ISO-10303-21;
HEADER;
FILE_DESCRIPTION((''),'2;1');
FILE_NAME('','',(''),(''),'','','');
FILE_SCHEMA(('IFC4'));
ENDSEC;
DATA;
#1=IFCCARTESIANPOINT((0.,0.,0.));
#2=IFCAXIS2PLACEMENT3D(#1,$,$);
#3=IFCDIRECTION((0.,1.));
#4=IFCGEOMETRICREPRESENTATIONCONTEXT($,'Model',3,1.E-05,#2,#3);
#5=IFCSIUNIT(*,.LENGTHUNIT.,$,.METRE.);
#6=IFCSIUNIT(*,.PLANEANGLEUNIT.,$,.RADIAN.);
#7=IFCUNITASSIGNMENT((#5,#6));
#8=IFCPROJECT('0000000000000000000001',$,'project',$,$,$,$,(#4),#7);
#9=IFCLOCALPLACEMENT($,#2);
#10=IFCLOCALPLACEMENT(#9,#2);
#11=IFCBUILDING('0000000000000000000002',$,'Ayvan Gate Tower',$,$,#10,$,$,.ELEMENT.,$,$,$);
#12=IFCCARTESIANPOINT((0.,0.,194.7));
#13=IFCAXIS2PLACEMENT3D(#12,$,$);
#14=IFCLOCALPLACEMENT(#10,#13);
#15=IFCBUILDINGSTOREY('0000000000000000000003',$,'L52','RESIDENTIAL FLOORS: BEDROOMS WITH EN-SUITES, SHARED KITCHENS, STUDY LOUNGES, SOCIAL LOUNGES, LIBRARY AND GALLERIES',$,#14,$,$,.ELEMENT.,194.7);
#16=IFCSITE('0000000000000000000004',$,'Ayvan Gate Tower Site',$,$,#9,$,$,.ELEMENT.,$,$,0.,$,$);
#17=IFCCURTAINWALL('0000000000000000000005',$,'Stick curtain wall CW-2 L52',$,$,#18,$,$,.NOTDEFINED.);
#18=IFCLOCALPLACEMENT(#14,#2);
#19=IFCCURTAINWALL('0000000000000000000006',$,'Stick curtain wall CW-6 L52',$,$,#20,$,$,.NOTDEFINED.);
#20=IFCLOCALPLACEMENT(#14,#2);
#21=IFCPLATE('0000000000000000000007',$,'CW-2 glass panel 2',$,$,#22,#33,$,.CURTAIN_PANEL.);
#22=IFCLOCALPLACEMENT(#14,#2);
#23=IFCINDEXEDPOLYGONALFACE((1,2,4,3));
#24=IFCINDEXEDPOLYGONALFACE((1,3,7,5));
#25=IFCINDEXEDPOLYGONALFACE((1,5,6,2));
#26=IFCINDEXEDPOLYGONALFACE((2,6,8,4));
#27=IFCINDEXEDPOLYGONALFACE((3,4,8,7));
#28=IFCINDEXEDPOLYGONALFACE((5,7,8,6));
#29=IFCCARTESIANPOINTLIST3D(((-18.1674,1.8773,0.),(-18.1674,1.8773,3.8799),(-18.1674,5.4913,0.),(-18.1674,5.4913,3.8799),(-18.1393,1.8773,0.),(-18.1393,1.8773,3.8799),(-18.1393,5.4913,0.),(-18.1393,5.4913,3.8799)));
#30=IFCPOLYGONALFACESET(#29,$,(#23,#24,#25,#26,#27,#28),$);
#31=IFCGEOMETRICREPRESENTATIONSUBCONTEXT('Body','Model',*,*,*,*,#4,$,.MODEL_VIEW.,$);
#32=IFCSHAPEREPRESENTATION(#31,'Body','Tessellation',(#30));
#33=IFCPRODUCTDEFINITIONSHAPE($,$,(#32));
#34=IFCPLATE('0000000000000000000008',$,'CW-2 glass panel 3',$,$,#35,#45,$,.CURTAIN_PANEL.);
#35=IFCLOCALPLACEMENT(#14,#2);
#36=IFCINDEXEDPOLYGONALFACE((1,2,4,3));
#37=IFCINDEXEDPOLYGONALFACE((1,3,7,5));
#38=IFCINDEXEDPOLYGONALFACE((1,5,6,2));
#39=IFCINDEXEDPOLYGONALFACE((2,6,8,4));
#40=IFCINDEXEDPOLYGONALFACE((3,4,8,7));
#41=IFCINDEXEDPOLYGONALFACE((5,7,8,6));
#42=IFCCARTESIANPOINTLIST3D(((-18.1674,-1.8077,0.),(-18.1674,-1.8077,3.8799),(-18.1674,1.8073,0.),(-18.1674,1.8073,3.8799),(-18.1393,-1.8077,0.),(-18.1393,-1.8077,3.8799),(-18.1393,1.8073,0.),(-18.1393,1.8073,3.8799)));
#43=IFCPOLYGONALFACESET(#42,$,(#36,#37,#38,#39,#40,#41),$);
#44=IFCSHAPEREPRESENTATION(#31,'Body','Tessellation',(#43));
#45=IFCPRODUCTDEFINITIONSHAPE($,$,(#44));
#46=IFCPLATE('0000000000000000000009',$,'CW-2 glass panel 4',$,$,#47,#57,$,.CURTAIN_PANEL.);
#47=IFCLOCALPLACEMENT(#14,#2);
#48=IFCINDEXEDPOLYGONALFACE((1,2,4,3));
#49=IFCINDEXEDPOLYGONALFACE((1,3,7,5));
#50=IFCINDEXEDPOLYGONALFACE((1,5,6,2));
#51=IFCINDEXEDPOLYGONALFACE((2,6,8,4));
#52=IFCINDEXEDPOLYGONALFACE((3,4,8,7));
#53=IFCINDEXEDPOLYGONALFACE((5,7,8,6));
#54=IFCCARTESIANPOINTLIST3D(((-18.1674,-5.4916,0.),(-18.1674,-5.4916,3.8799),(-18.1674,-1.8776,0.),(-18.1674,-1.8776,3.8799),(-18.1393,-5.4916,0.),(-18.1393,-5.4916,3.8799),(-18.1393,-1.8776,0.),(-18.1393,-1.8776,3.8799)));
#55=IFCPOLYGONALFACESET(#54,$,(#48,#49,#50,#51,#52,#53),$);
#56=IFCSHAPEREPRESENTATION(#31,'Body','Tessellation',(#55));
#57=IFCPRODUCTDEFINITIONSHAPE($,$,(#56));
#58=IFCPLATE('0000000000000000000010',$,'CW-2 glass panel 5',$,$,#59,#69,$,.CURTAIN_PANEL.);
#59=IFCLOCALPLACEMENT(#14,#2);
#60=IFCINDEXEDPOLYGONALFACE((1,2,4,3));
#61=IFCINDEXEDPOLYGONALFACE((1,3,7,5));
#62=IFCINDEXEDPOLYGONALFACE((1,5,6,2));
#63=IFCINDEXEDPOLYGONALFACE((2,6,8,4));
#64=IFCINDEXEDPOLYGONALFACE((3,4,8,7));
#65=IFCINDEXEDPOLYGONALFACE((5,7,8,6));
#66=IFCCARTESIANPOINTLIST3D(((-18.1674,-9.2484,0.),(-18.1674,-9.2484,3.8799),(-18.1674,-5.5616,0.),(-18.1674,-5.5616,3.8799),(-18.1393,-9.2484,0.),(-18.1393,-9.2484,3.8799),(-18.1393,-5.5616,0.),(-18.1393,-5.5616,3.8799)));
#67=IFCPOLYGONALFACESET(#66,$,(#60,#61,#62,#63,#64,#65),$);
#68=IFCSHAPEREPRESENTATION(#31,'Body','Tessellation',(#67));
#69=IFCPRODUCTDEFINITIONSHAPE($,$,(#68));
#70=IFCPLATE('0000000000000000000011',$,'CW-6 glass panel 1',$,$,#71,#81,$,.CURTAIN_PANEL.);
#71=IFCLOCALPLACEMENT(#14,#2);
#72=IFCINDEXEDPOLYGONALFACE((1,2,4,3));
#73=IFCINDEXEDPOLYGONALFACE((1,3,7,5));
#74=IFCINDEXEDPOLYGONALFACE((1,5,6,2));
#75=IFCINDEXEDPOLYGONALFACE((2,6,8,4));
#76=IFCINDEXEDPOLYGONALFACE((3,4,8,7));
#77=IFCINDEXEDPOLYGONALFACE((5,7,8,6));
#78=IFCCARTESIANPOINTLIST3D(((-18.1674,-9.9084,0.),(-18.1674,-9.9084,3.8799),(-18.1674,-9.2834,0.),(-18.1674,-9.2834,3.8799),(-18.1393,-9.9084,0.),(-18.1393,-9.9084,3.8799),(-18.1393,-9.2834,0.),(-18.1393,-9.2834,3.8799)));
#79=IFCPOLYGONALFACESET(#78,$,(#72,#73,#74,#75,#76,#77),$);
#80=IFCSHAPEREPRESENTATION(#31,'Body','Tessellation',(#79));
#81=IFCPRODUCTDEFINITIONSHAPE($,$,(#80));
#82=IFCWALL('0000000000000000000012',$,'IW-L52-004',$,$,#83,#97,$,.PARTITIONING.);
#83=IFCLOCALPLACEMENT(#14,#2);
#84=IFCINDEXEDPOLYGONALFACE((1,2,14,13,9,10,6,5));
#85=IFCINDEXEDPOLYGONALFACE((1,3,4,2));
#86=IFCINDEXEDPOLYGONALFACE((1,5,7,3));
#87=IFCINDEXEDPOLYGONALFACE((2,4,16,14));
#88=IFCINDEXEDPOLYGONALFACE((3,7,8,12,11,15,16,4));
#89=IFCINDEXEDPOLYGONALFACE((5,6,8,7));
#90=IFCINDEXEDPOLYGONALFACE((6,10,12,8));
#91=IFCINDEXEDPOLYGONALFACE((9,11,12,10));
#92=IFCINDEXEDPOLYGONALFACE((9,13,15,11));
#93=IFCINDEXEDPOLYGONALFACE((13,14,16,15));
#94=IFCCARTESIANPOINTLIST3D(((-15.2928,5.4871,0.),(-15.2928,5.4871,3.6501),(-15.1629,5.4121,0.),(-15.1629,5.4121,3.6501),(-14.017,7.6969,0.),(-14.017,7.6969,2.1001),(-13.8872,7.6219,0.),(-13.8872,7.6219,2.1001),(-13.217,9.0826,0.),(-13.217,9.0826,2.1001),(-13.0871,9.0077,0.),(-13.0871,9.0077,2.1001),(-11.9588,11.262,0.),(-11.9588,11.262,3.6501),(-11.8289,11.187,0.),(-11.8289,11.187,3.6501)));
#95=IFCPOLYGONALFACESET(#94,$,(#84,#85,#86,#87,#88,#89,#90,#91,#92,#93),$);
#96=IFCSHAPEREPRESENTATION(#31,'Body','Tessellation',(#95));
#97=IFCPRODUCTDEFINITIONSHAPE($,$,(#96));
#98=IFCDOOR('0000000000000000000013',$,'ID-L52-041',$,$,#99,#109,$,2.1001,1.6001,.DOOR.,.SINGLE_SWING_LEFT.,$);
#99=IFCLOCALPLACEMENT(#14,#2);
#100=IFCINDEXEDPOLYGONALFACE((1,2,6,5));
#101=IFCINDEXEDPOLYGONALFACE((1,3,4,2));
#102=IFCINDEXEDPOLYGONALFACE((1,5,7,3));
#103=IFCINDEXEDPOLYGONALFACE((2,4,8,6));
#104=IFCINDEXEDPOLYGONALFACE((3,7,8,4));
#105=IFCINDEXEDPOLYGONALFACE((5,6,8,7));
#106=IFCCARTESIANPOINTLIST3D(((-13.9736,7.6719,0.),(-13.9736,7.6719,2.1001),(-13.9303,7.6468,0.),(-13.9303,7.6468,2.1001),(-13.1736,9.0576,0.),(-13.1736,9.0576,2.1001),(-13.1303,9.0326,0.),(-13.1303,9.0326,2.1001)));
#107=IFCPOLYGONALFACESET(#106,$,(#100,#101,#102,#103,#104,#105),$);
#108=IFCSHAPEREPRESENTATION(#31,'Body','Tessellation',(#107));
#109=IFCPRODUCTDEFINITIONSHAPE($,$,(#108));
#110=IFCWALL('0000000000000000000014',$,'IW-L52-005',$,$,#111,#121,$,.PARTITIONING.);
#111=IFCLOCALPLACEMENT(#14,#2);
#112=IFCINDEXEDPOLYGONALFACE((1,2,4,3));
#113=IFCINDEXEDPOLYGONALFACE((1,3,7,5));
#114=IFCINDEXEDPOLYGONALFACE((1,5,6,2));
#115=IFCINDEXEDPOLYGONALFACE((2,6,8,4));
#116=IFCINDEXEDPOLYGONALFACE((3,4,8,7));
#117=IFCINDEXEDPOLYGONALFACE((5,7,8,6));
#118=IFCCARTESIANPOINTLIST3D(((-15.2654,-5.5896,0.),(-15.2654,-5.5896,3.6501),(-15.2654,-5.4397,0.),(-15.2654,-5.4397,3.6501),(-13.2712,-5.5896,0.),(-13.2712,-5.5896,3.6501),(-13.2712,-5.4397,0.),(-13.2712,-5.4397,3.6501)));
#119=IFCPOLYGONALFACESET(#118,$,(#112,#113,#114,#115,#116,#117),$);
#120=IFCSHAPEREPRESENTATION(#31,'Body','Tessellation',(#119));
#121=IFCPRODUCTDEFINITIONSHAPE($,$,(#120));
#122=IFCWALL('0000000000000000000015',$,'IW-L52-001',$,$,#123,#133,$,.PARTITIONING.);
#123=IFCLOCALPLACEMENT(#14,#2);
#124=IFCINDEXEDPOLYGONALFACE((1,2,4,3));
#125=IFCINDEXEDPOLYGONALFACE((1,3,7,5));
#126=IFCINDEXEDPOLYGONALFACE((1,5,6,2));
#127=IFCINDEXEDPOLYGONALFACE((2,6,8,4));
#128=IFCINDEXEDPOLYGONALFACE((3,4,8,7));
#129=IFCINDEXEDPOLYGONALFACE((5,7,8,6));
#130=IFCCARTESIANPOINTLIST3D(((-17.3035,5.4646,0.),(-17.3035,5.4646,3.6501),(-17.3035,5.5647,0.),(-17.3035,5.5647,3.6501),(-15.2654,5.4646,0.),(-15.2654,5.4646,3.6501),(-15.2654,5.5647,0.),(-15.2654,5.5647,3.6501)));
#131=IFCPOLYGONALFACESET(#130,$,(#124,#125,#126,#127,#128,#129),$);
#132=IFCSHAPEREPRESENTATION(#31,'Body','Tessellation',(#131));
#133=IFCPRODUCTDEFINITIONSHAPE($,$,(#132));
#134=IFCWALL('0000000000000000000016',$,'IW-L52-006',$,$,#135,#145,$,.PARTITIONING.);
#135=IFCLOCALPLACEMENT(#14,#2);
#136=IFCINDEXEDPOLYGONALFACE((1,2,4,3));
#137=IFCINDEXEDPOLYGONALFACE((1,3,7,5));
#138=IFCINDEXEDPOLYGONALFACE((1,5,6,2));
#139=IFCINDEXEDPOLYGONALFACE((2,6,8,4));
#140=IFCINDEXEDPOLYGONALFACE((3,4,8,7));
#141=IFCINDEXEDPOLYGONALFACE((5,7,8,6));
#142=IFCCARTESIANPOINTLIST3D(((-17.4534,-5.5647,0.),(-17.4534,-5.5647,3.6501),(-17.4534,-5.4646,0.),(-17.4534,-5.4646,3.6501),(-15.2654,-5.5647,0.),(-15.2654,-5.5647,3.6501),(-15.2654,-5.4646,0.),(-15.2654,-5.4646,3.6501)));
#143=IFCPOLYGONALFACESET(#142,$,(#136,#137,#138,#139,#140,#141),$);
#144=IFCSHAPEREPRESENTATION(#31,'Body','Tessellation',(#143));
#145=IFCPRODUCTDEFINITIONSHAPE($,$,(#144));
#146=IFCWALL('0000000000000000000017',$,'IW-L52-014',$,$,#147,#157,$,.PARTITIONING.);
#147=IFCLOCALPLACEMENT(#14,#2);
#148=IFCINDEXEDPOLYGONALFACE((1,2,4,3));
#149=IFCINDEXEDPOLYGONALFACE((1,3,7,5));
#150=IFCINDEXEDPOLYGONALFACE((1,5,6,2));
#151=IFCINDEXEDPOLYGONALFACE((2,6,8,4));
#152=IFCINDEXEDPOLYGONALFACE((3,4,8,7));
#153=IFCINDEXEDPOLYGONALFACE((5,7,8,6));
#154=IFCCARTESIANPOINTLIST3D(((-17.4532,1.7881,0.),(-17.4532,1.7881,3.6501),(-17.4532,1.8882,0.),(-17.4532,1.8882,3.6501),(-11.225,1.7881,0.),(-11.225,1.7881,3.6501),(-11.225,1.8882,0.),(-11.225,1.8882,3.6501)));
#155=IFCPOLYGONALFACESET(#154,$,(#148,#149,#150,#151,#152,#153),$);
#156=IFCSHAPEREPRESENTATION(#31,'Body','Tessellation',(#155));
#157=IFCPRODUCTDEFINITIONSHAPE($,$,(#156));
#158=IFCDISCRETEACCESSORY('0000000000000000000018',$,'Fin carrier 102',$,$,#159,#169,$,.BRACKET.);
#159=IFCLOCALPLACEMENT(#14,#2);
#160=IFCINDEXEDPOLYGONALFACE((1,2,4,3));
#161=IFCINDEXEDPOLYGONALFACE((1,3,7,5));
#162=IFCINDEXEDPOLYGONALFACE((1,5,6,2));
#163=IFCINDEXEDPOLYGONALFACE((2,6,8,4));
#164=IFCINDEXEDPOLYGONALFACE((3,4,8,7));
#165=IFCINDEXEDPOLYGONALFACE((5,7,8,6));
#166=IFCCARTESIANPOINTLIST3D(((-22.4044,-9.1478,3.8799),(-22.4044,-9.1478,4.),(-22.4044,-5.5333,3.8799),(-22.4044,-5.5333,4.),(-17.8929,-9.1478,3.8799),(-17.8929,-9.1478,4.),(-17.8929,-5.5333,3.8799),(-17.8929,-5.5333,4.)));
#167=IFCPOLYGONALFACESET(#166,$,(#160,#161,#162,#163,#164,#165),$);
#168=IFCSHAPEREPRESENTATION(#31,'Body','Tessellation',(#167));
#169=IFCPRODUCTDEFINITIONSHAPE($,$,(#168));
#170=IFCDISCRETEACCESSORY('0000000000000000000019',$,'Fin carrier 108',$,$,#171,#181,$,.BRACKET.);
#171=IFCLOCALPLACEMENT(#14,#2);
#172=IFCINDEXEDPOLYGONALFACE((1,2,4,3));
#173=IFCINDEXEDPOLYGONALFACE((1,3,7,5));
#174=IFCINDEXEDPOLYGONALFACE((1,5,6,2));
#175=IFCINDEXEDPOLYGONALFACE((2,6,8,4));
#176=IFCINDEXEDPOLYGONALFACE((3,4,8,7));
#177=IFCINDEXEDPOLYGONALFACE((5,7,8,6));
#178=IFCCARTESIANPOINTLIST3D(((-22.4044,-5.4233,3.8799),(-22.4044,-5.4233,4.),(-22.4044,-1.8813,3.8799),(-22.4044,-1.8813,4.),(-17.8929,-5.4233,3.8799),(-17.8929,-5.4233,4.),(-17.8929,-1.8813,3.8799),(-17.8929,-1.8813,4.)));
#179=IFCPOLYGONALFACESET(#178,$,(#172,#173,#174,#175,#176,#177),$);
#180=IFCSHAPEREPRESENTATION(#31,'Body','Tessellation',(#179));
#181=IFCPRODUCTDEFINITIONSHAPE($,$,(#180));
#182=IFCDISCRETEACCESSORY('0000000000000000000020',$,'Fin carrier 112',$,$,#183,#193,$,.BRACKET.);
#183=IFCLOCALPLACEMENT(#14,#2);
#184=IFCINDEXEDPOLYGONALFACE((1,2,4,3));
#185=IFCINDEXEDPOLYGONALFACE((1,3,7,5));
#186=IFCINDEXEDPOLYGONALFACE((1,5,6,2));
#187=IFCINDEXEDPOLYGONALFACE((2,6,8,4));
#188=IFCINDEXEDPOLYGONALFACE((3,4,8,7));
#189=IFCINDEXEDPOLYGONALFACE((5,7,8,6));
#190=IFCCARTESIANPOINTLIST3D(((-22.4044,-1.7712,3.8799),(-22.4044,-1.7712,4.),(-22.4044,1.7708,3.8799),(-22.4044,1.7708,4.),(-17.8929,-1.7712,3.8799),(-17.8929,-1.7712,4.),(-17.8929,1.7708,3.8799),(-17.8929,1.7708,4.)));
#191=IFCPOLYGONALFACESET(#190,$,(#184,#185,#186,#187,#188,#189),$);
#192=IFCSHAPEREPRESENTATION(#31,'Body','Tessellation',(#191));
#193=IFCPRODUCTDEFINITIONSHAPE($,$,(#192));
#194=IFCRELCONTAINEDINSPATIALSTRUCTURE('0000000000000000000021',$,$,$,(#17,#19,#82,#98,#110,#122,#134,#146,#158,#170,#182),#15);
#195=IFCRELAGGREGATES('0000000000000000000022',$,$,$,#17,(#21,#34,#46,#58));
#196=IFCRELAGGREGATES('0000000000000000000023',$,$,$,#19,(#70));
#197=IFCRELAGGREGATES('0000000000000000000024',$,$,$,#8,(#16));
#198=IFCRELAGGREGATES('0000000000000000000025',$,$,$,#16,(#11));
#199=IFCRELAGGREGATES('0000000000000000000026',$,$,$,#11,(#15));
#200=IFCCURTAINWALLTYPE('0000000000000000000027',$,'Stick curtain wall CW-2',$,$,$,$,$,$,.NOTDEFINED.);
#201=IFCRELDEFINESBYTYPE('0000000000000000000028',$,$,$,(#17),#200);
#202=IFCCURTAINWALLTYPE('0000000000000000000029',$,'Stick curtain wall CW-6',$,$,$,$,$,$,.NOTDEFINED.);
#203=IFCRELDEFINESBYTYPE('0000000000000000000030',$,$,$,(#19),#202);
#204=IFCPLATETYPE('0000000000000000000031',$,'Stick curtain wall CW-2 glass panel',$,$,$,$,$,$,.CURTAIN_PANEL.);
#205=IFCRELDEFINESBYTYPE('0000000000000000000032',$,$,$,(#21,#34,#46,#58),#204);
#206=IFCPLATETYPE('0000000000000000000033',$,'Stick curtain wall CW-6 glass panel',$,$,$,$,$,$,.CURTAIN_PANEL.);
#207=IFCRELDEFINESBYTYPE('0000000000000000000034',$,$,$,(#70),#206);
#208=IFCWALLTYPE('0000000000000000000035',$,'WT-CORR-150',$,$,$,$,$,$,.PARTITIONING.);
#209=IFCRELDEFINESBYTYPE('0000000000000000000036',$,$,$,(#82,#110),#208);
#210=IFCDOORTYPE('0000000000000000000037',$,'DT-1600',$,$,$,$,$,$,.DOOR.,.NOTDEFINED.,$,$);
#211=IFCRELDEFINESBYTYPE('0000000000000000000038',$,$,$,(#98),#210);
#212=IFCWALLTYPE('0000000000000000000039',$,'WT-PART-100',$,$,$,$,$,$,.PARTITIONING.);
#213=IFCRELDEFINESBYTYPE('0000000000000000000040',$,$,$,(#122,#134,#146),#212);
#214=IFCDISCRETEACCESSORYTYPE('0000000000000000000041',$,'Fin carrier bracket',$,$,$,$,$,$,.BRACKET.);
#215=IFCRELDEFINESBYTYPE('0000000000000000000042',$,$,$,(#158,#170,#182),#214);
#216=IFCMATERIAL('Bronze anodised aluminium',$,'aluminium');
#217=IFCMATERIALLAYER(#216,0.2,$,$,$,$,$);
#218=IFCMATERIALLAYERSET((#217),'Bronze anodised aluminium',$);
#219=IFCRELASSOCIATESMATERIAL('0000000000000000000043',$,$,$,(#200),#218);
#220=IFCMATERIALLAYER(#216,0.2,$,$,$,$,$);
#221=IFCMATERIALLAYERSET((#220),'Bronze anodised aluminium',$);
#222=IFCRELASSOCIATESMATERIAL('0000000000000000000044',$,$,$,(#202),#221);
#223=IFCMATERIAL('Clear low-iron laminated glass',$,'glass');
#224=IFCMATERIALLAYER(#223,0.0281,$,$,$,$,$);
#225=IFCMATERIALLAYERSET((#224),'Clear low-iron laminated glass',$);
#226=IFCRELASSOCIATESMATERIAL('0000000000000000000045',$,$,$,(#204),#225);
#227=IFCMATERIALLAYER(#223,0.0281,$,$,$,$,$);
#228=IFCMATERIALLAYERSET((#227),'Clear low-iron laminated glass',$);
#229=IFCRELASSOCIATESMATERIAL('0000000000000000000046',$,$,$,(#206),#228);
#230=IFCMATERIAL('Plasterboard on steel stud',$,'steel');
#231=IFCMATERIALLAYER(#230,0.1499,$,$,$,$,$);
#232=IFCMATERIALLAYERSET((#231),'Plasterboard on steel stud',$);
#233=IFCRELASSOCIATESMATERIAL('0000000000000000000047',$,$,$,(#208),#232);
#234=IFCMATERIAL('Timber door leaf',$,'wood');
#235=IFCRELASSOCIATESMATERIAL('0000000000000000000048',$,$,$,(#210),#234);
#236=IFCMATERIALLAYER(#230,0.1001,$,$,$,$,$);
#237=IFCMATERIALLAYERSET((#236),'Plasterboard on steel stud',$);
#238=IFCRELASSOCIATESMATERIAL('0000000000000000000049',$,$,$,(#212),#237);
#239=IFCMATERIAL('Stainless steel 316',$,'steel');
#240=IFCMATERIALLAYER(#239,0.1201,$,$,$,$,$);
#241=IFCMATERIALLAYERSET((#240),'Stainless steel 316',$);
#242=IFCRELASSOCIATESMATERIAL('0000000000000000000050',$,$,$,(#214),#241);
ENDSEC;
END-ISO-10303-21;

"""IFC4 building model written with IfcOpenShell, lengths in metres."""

from ifc_helpers import new_model, si_unit, direction, frame, frame_2d, origin, origin_2d, place, context, subcontext, project, spatial, rectangle, extrude, material, layer, layer_set, type_object, element, fill, aggregate, save


model = new_model("IFC4")

# Units and contexts
model_context = context("Model", 3, precision=1e-05, world=origin(), true_north=direction((0.0, 1.0)))
body_context = subcontext(model_context, "Body", "Model", "MODEL_VIEW")
ifc_project = project(units=[si_unit("LENGTHUNIT", "METRE"), si_unit("PLANEANGLEUNIT", "RADIAN")], contexts=[model_context])

# Site, building, storey
site_placement = place(None, origin())
site = spatial("IfcSite", under=ifc_project, at=site_placement, Name="Ayvan Gate Tower Site", CompositionType="ELEMENT", RefElevation=0.0)
building_placement = place(site_placement, origin())
building = spatial("IfcBuilding", under=site, at=building_placement, Name="Ayvan Gate Tower", CompositionType="ELEMENT")
storey_placement = place(building_placement, frame((0.0, 0.0, 194.7)))
storey = spatial("IfcBuildingStorey", under=building, at=storey_placement, Name="L52", Description="RESIDENTIAL FLOORS: BEDROOMS WITH EN-SUITES, SHARED KITCHENS, STUDY LOUNGES, SOCIAL LOUNGES, LIBRARY AND GALLERIES", CompositionType="ELEMENT", Elevation=194.7)

# Curtain wall
ifc_material_1 = material(Name="Bronze anodised aluminium", Category="aluminium")
ifc_layer_1 = layer(ifc_material_1, 0.2)
ifc_layer_set_1 = layer_set([ifc_layer_1], Name="Bronze anodised aluminium")
curtain_wall_type_1 = type_object("IfcCurtainWallType", Name="Stick curtain wall CW-2", PredefinedType="NOTDEFINED", material=ifc_layer_set_1)
curtain_wall_1_placement = place(storey_placement, origin())
curtain_wall_1 = element("IfcCurtainWall", 1, at=curtain_wall_1_placement, inside=storey, type_object=curtain_wall_type_1, Name="Stick curtain wall CW-2 L52", PredefinedType="NOTDEFINED")

# Curtain wall
ifc_layer_2 = layer(ifc_material_1, 0.2)
ifc_layer_set_2 = layer_set([ifc_layer_2], Name="Bronze anodised aluminium")
curtain_wall_type_2 = type_object("IfcCurtainWallType", Name="Stick curtain wall CW-6", PredefinedType="NOTDEFINED", material=ifc_layer_set_2)
curtain_wall_2_placement = place(storey_placement, origin())
curtain_wall_2 = element("IfcCurtainWall", 2, at=curtain_wall_2_placement, inside=storey, type_object=curtain_wall_type_2, Name="Stick curtain wall CW-6 L52", PredefinedType="NOTDEFINED")

# Plates
ifc_material_2 = material(Name="Clear low-iron laminated glass", Category="glass")
ifc_layer_3 = layer(ifc_material_2, 0.0281)
ifc_layer_set_3 = layer_set([ifc_layer_3], Name="Clear low-iron laminated glass")
plate_type_1 = type_object("IfcPlateType", Name="Stick curtain wall CW-2 glass panel", PredefinedType="CURTAIN_PANEL", material=ifc_layer_set_3)
plate_1_placement = place(storey_placement, frame((-18.1533, 3.6843, 0.0), z_axis=(0.0, 0.0, 1.0), x_axis=(0.0, -1.0, 0.0)))
plate_1 = element("IfcPlate", 3, at=plate_1_placement, type_object=plate_type_1, Name="CW-2 glass panel 2", PredefinedType="CURTAIN_PANEL", context=body_context, shape_type="SweptSolid", body=[
    extrude(rectangle(XDim=3.614, YDim=0.0281, at=origin_2d()), origin(), (0.0, 0.0, 1.0), 3.8799),
])
plate_2_placement = place(storey_placement, frame((-18.1533, -0.0002, 0.0), z_axis=(0.0, 0.0, 1.0), x_axis=(0.0, -1.0, 0.0)))
plate_2 = element("IfcPlate", 4, at=plate_2_placement, type_object=plate_type_1, Name="CW-2 glass panel 3", PredefinedType="CURTAIN_PANEL", context=body_context, shape_type="SweptSolid", body=[
    extrude(rectangle(XDim=3.615, YDim=0.0281, at=origin_2d()), origin(), (0.0, 0.0, 1.0), 3.8799),
])
plate_3_placement = place(storey_placement, frame((-18.1533, -3.6846, 0.0), z_axis=(0.0, 0.0, 1.0), x_axis=(0.0, -1.0, 0.0)))
plate_3 = element("IfcPlate", 5, at=plate_3_placement, type_object=plate_type_1, Name="CW-2 glass panel 4", PredefinedType="CURTAIN_PANEL", context=body_context, shape_type="SweptSolid", body=[
    extrude(rectangle(XDim=3.614, YDim=0.0281, at=origin_2d()), origin(), (0.0, 0.0, 1.0), 3.8799),
])
plate_4_placement = place(storey_placement, frame((-18.1533, -7.405, 0.0), z_axis=(0.0, 0.0, 1.0), x_axis=(0.0, -1.0, 0.0)))
plate_4 = element("IfcPlate", 6, at=plate_4_placement, type_object=plate_type_1, Name="CW-2 glass panel 5", PredefinedType="CURTAIN_PANEL", context=body_context, shape_type="SweptSolid", body=[
    extrude(rectangle(XDim=3.6868, YDim=0.0281, at=origin_2d()), origin(), (0.0, 0.0, 1.0), 3.8799),
])
aggregate(curtain_wall_1, [plate_1, plate_2, plate_3, plate_4])
ifc_layer_4 = layer(ifc_material_2, 0.0281)
ifc_layer_set_4 = layer_set([ifc_layer_4], Name="Clear low-iron laminated glass")
plate_type_2 = type_object("IfcPlateType", Name="Stick curtain wall CW-6 glass panel", PredefinedType="CURTAIN_PANEL", material=ifc_layer_set_4)
plate_5_placement = place(storey_placement, frame((-18.1533, -9.5959, 0.0), z_axis=(0.0, 0.0, 1.0), x_axis=(0.0, -1.0, 0.0)))
plate_5 = element("IfcPlate", 7, at=plate_5_placement, type_object=plate_type_2, Name="CW-6 glass panel 1", PredefinedType="CURTAIN_PANEL", context=body_context, shape_type="SweptSolid", body=[
    extrude(rectangle(XDim=0.625, YDim=0.0281, at=origin_2d()), origin(), (0.0, 0.0, 1.0), 3.8799),
])
aggregate(curtain_wall_2, [plate_5])

# Wall, opening, door
ifc_material_3 = material(Name="Plasterboard on steel stud", Category="steel")
ifc_layer_5 = layer(ifc_material_3, 0.1499)
ifc_layer_set_5 = layer_set([ifc_layer_5], Name="Plasterboard on steel stud")
wall_type_1 = type_object("IfcWallType", Name="WT-CORR-150", PredefinedType="PARTITIONING", material=ifc_layer_set_5)
wall_1_placement = place(storey_placement, frame((-15.2278, 5.4497, 0.0), z_axis=(0.0, 0.0, 1.0), x_axis=(0.499982, 0.866036, 0.0)))
wall_1 = element("IfcWall", 8, at=wall_1_placement, inside=storey, type_object=wall_type_1, Name="IW-L52-004", PredefinedType="PARTITIONING", context=body_context, shape_type="SweptSolid", body=[
    extrude(rectangle(XDim=6.6682, YDim=0.1499, at=frame_2d((3.334, 0.0))), origin(), (0.0, 0.0, 1.0), 3.6501),
])
opening_placement = place(wall_1_placement, frame((2.5515, 0.0, 0.0)))
opening = element("IfcOpeningElement", 9, at=opening_placement, cuts=wall_1, PredefinedType="OPENING", context=body_context, shape_type="SweptSolid", body=[
    extrude(rectangle(XDim=1.6001, YDim=2.1001, at=frame_2d((0.8, 1.05))), frame((0.0, 0.085, 0.0), z_axis=(0.0, -1.0, 0.0), x_axis=(1.0, 0.0, 0.0)), (0.0, 0.0, 1.0), 0.1699),
])
ifc_material_4 = material(Name="Timber door leaf", Category="wood")
door_type = type_object("IfcDoorType", Name="DT-1600", OperationType="NOTDEFINED", PredefinedType="DOOR", material=ifc_material_4)
door_placement = place(opening_placement, origin())
door = element("IfcDoor", 10, at=door_placement, inside=storey, type_object=door_type, Name="ID-L52-041", OperationType="SINGLE_SWING_LEFT", OverallHeight=2.1001, OverallWidth=1.6001, PredefinedType="DOOR", context=body_context, shape_type="SweptSolid", body=[
    extrude(rectangle(XDim=1.6001, YDim=2.1001, at=frame_2d((0.8, 1.05))), frame((0.0, 0.0249, 0.0), z_axis=(0.0, -1.0, 0.0), x_axis=(1.0, 0.0, 0.0)), (0.0, 0.0, 1.0), 0.05),
])
fill(opening, door)

# Walls
wall_2_placement = place(storey_placement, frame((-15.2654, -5.5146, 0.0), z_axis=(0.0, 0.0, 1.0), x_axis=(1.0, 0.0, 0.0)))
element("IfcWall", 11, at=wall_2_placement, inside=storey, type_object=wall_type_1, Name="IW-L52-005", PredefinedType="PARTITIONING", context=body_context, shape_type="SweptSolid", body=[
    extrude(rectangle(XDim=1.9941, YDim=0.1499, at=frame_2d((0.9971, 0.0))), origin(), (0.0, 0.0, 1.0), 3.6501),
])
ifc_layer_6 = layer(ifc_material_3, 0.1001)
ifc_layer_set_6 = layer_set([ifc_layer_6], Name="Plasterboard on steel stud")
wall_type_2 = type_object("IfcWallType", Name="WT-PART-100", PredefinedType="PARTITIONING", material=ifc_layer_set_6)
wall_3_placement = place(storey_placement, frame((-17.3035, 5.5146, 0.0), z_axis=(0.0, 0.0, 1.0), x_axis=(1.0, 0.0, 0.0)))
element("IfcWall", 12, at=wall_3_placement, inside=storey, type_object=wall_type_2, Name="IW-L52-001", PredefinedType="PARTITIONING", context=body_context, shape_type="SweptSolid", body=[
    extrude(rectangle(XDim=2.0381, YDim=0.1001, at=frame_2d((1.019, 0.0))), origin(), (0.0, 0.0, 1.0), 3.6501),
])
wall_4_placement = place(storey_placement, frame((-15.2654, -5.5146, 0.0), z_axis=(0.0, 0.0, 1.0), x_axis=(-1.0, 0.0, 0.0)))
element("IfcWall", 13, at=wall_4_placement, inside=storey, type_object=wall_type_2, Name="IW-L52-006", PredefinedType="PARTITIONING", context=body_context, shape_type="SweptSolid", body=[
    extrude(rectangle(XDim=2.188, YDim=0.1001, at=frame_2d((1.094, 0.0))), origin(), (0.0, 0.0, 1.0), 3.6501),
])
wall_5_placement = place(storey_placement, frame((-17.4534, 1.8381, 0.0), z_axis=(0.0, 0.0, 1.0), x_axis=(1.0, 0.0, 0.0)))
element("IfcWall", 14, at=wall_5_placement, inside=storey, type_object=wall_type_2, Name="IW-L52-014", PredefinedType="PARTITIONING", context=body_context, shape_type="SweptSolid", body=[
    extrude(rectangle(XDim=6.2283, YDim=0.1001, at=frame_2d((3.1143, 0.0))), origin(), (0.0, 0.0, 1.0), 3.6501),
])

# Discrete accessories
ifc_material_5 = material(Name="Stainless steel 316", Category="steel")
ifc_layer_7 = layer(ifc_material_5, 0.1201)
ifc_layer_set_7 = layer_set([ifc_layer_7], Name="Stainless steel 316")
discrete_accessory_type = type_object("IfcDiscreteAccessoryType", Name="Fin carrier bracket", PredefinedType="BRACKET", material=ifc_layer_set_7)
discrete_accessory_1_placement = place(storey_placement, frame((-20.1487, -7.3406, 3.8799), z_axis=(0.0, 0.0, 1.0), x_axis=(0.0, -1.0, 0.0)))
element("IfcDiscreteAccessory", 15, at=discrete_accessory_1_placement, inside=storey, type_object=discrete_accessory_type, Name="Fin carrier 102", PredefinedType="BRACKET", context=body_context, shape_type="SweptSolid", body=[
    extrude(rectangle(XDim=3.6145, YDim=4.5115, at=origin_2d()), origin(), (0.0, 0.0, 1.0), 0.1201),
])
for number, where, z_axis, x_axis, name in (
    (16, (-20.1487, -3.6523, 3.8799), (0.0, 0.0, 1.0), (0.0, -1.0, 0.0), "Fin carrier 108"),
    (17, (-20.1487, -0.0002, 3.8799), (0.0, 0.0, 1.0), (0.0, -1.0, 0.0), "Fin carrier 112"),
):
    element("IfcDiscreteAccessory", number, at=place(storey_placement, frame(where, z_axis=z_axis, x_axis=x_axis)), inside=storey, type_object=discrete_accessory_type, Name=name, PredefinedType="BRACKET", context=body_context, shape_type="SweptSolid", body=[
        extrude(rectangle(XDim=3.542, YDim=4.5115, at=origin_2d()), origin(), (0.0, 0.0, 1.0), 0.1201),
    ])

save(model, "model.ifc")
